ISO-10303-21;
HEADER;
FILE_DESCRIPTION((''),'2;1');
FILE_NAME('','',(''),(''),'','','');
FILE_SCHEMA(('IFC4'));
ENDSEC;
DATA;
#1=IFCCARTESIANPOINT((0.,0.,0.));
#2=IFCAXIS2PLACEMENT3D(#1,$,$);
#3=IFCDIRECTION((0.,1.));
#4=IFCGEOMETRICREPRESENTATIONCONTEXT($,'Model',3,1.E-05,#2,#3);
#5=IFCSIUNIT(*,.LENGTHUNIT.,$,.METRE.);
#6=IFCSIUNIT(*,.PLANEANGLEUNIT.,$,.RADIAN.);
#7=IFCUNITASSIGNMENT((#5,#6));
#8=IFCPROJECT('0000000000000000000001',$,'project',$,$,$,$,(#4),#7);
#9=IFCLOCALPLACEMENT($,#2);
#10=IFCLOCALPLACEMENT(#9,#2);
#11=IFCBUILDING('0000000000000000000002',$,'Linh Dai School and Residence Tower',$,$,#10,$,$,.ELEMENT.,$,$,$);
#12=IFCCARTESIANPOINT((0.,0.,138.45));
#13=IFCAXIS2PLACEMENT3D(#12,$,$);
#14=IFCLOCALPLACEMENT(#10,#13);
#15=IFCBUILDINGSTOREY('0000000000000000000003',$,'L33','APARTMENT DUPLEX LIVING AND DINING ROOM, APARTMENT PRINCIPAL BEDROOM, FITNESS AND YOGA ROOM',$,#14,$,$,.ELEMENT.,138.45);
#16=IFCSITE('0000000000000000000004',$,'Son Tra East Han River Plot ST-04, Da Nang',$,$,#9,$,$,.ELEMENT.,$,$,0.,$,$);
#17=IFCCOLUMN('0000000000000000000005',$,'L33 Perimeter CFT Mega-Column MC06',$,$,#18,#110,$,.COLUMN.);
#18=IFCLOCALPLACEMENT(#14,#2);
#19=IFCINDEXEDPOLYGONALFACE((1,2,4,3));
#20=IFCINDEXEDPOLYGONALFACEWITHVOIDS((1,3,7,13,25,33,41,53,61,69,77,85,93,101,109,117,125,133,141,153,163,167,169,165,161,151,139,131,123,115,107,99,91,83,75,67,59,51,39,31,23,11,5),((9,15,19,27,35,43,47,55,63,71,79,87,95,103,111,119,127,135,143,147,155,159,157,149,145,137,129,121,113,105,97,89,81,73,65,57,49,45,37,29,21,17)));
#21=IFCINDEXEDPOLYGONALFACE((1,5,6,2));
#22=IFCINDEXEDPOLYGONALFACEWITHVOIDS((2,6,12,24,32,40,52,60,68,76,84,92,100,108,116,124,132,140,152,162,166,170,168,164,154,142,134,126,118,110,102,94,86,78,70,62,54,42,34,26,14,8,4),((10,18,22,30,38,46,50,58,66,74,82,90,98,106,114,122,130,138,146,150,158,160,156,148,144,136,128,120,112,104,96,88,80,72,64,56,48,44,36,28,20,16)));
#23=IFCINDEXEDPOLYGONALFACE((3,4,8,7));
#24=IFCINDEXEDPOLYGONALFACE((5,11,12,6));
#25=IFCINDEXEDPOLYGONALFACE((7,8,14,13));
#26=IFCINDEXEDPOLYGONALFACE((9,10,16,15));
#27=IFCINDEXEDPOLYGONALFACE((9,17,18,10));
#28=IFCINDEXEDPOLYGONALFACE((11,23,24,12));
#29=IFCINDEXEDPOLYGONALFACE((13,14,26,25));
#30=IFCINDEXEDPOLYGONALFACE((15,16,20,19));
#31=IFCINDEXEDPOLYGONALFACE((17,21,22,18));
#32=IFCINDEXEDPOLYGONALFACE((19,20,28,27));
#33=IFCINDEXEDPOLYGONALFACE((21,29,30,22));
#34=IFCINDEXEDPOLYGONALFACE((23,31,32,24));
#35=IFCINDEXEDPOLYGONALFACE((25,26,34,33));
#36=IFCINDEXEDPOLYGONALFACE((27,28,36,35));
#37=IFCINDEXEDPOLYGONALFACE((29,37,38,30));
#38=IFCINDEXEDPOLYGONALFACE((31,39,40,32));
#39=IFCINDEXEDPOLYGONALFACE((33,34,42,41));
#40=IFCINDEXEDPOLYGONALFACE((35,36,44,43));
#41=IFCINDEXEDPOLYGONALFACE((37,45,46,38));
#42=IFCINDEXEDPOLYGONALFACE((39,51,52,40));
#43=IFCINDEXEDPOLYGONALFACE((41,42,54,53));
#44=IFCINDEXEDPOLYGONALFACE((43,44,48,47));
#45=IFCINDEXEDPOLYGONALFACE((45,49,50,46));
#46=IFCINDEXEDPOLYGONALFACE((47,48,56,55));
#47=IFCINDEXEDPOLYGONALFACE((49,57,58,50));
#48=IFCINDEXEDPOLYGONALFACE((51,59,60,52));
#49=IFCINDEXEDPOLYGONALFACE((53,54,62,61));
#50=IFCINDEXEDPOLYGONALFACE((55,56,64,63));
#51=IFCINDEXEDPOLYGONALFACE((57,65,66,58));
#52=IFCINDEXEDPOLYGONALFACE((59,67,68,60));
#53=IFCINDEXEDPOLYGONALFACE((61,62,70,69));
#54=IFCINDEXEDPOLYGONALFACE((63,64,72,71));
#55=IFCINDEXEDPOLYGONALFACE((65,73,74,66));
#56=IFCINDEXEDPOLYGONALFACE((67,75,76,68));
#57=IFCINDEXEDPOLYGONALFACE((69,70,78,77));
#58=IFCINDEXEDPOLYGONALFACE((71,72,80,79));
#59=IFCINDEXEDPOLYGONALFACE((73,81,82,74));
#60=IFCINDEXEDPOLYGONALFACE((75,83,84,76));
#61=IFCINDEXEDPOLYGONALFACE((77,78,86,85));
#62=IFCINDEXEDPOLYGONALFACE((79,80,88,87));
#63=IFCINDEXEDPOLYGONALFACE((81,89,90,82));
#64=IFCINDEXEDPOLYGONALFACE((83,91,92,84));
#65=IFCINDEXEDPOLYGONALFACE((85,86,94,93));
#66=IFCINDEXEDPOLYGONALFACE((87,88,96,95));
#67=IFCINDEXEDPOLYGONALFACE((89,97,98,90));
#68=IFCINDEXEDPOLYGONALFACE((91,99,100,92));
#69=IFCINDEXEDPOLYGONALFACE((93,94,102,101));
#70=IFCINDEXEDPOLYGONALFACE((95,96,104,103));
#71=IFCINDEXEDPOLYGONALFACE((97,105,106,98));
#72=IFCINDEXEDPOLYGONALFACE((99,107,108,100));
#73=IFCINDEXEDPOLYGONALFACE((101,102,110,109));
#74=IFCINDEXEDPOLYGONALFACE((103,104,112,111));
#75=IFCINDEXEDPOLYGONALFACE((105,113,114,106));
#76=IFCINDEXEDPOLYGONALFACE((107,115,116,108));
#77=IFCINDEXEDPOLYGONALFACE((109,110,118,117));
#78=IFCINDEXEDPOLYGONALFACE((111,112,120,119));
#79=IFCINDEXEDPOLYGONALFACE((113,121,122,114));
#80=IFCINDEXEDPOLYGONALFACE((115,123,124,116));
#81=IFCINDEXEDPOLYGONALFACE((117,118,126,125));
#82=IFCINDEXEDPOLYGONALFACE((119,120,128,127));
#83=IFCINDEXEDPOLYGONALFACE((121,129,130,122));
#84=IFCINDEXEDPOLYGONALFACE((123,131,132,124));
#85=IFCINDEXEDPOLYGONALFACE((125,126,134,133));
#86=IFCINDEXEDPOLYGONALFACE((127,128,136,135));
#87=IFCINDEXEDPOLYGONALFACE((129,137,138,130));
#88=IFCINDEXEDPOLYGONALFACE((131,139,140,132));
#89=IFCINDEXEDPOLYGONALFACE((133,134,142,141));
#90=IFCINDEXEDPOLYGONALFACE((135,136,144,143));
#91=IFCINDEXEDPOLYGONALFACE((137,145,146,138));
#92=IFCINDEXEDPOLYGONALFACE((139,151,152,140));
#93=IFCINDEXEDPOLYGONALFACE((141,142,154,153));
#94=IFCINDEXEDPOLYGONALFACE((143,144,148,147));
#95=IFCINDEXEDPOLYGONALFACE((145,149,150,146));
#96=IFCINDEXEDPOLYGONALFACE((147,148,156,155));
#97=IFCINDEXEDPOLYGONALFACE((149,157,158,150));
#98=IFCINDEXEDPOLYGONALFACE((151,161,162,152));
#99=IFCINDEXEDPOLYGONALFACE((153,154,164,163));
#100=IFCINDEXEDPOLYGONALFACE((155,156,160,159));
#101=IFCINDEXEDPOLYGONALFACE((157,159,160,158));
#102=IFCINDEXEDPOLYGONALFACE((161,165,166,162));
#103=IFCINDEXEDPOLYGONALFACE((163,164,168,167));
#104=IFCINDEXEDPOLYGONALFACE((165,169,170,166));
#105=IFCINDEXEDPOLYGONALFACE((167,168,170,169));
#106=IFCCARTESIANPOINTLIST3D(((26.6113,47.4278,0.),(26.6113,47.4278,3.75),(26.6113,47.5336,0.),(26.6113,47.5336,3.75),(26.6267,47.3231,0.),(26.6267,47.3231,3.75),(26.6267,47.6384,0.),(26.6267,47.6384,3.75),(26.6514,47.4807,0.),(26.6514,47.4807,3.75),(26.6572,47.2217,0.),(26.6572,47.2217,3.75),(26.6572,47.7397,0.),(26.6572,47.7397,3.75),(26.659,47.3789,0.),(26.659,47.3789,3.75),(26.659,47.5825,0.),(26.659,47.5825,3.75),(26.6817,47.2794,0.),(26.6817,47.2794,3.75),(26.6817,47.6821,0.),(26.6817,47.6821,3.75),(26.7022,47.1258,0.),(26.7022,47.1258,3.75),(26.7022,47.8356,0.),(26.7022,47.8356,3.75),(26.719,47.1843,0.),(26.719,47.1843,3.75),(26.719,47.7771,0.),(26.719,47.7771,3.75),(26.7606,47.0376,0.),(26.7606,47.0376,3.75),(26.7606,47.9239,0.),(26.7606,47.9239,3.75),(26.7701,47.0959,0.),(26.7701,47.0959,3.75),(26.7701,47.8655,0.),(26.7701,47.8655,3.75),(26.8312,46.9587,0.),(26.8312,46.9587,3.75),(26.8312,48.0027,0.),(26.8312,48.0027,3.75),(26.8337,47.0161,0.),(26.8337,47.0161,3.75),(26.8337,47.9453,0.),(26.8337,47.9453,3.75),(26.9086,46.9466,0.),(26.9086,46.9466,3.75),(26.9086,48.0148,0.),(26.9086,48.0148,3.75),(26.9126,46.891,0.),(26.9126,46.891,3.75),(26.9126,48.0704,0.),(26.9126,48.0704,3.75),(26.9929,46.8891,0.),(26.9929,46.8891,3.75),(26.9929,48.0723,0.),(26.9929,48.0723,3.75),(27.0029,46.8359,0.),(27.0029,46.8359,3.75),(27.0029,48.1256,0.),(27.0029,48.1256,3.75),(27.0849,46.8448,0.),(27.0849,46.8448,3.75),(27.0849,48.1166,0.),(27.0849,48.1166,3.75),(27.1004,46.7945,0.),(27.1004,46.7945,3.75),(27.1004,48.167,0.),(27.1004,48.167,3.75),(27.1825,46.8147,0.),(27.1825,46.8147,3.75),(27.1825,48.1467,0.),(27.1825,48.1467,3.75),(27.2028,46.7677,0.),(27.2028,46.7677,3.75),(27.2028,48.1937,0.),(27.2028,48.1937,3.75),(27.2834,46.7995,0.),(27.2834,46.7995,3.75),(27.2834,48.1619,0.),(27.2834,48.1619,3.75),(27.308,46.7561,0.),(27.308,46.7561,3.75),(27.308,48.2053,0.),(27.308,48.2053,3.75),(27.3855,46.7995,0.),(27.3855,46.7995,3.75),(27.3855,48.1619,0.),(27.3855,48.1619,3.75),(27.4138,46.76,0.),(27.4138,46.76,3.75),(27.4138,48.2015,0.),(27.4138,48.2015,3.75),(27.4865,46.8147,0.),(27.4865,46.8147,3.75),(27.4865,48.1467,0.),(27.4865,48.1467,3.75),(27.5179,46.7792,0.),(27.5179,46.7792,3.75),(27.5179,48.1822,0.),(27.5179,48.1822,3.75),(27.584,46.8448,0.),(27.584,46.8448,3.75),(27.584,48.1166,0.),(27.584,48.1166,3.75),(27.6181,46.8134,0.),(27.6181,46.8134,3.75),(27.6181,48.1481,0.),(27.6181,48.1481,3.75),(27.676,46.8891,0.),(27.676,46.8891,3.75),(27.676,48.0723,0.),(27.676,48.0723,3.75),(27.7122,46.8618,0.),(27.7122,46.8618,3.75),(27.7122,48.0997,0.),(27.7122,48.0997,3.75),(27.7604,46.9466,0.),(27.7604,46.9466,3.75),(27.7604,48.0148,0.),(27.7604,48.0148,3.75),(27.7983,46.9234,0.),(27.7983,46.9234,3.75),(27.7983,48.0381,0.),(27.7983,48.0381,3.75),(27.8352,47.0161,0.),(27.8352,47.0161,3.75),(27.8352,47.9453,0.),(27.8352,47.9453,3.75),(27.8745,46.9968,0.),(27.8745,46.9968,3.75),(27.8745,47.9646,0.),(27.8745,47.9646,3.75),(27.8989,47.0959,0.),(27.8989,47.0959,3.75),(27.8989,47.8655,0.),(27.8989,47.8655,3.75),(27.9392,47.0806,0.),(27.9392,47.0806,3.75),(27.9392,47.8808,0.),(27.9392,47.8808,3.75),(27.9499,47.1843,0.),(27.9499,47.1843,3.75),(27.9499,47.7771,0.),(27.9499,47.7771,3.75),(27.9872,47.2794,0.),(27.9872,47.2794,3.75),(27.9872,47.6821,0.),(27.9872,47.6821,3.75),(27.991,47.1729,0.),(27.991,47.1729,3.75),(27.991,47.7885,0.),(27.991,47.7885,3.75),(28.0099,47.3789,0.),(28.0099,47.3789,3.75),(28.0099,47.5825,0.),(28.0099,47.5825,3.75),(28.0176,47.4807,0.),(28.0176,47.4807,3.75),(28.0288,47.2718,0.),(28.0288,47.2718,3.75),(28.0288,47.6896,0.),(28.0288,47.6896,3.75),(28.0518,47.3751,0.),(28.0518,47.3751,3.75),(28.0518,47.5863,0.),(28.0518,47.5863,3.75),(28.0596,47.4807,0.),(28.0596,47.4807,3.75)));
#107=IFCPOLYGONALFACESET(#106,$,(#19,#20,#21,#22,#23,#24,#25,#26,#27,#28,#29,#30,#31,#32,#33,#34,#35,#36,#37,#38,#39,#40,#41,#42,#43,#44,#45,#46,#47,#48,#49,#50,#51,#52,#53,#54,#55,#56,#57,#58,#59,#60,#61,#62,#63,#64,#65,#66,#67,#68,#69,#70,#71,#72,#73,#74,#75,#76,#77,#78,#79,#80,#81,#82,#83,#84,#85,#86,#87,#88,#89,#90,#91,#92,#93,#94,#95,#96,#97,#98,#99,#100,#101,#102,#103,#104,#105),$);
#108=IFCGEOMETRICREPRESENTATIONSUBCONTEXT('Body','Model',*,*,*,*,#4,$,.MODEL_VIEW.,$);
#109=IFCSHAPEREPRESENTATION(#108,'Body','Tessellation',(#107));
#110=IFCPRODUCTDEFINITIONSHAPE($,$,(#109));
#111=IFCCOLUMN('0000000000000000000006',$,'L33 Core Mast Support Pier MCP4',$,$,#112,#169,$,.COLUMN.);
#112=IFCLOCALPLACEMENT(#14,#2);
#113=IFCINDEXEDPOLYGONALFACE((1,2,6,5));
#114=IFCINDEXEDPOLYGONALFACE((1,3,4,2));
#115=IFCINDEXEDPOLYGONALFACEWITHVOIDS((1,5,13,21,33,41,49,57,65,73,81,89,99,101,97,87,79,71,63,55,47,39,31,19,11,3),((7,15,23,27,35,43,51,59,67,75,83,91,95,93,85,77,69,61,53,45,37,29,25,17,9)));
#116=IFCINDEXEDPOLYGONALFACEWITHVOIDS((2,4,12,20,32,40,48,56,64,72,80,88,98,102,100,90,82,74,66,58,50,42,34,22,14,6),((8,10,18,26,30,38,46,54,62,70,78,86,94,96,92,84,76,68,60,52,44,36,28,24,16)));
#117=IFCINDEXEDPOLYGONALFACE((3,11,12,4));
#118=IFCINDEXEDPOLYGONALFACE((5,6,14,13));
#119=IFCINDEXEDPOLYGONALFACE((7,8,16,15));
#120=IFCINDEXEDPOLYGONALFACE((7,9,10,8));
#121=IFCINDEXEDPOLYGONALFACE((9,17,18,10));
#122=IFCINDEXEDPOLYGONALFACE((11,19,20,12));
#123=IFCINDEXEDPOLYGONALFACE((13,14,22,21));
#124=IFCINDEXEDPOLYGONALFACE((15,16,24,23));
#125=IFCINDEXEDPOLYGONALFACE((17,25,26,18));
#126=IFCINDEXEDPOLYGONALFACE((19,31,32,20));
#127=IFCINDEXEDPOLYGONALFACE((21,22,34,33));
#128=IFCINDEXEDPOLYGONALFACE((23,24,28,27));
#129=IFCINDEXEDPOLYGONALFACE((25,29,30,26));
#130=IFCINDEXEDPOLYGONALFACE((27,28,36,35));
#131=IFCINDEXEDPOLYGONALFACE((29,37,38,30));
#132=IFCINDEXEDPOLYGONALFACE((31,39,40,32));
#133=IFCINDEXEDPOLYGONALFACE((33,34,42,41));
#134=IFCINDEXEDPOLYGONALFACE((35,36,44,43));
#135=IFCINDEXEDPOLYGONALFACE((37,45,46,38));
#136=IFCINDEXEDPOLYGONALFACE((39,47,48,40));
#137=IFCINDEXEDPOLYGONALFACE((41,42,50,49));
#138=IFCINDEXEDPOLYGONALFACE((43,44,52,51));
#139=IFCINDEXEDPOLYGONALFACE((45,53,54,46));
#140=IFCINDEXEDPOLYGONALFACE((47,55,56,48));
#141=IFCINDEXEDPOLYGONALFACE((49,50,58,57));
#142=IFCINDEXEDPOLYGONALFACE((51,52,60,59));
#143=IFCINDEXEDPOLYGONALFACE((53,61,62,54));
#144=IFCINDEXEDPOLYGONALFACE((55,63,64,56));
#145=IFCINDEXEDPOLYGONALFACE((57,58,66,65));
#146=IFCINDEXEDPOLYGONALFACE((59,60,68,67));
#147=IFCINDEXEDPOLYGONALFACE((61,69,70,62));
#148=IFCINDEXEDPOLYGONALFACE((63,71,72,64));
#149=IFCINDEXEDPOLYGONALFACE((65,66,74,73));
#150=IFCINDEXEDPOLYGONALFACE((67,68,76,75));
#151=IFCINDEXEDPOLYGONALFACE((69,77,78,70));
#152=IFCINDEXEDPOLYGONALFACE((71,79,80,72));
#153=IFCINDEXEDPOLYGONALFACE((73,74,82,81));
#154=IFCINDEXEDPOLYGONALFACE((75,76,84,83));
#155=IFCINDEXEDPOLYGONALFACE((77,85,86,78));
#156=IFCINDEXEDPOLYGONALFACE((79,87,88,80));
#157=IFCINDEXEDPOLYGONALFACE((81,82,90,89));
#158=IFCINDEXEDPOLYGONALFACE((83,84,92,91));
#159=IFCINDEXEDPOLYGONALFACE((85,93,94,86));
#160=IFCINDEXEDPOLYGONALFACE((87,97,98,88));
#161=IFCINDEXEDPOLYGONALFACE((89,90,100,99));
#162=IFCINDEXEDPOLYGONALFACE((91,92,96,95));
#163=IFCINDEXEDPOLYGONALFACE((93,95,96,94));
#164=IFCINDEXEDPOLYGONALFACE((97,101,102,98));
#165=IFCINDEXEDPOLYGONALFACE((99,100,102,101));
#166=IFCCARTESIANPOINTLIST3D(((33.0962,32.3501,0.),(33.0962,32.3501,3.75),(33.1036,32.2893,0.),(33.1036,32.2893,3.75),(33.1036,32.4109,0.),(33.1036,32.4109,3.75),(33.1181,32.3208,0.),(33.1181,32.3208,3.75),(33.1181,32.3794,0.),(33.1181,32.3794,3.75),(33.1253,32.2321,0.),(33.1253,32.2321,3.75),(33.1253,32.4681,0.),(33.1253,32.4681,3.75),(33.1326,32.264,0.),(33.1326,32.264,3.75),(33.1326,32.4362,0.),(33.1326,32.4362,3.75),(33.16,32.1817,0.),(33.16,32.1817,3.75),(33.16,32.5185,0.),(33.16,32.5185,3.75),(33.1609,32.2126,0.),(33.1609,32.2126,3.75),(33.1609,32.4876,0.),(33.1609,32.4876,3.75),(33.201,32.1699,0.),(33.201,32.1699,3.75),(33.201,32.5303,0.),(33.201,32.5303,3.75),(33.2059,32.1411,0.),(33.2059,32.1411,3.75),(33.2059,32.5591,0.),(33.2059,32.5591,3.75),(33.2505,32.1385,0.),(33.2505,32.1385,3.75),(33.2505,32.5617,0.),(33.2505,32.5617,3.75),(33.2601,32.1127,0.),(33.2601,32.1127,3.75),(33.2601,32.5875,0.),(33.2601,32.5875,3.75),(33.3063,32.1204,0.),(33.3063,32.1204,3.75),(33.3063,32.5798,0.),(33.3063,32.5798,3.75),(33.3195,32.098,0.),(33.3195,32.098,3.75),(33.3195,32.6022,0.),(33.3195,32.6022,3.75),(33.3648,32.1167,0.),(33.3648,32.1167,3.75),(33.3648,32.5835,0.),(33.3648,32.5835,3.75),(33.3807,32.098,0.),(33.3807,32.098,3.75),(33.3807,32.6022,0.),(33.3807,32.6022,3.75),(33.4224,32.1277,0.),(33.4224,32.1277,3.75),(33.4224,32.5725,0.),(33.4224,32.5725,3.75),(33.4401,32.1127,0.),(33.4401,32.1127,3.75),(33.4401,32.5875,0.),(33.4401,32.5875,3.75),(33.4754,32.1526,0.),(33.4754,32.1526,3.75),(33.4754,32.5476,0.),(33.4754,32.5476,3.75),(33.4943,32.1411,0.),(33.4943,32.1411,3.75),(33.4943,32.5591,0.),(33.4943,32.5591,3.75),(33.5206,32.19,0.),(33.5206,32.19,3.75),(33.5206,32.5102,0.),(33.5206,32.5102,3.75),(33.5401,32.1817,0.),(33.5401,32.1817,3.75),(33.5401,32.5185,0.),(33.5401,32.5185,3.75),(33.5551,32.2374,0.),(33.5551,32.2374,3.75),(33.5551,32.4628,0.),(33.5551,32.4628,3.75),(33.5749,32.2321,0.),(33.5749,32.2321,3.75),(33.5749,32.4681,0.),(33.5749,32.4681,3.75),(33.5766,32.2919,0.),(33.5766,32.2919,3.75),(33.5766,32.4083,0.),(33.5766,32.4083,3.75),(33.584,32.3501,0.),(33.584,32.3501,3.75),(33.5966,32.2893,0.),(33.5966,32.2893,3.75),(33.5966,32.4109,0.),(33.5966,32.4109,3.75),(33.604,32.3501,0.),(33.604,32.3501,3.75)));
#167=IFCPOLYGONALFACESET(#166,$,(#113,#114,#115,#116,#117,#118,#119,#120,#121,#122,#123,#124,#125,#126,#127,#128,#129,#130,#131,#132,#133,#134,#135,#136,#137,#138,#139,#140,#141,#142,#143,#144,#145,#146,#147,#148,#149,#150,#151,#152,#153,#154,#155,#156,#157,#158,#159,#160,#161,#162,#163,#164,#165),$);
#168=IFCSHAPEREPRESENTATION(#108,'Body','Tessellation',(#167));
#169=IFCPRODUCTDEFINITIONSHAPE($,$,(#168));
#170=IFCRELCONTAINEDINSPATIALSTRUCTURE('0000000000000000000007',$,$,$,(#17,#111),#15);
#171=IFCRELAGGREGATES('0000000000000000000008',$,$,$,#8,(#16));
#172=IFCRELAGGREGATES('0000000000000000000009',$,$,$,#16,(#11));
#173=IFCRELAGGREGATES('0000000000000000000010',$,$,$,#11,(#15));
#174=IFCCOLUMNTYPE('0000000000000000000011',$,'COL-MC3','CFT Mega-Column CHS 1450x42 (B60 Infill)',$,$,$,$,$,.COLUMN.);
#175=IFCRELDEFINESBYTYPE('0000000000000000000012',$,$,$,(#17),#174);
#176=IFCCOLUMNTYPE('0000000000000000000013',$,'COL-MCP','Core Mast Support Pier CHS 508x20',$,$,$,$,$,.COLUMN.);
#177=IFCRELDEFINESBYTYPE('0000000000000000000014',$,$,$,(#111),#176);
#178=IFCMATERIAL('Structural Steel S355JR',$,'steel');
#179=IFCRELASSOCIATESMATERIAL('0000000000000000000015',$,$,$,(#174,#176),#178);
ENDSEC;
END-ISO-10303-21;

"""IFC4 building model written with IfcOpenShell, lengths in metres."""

from ifc_helpers import new_model, si_unit, direction, frame, origin, origin_2d, place, context, subcontext, project, spatial, hollow_circle, extrude, material, material_profile, profile_set, type_object, element, save


model = new_model("IFC4")

# Units and contexts
model_context = context("Model", 3, precision=1e-05, world=origin(), true_north=direction((0.0, 1.0)))
body_context = subcontext(model_context, "Body", "Model", "MODEL_VIEW")
ifc_project = project(units=[si_unit("LENGTHUNIT", "METRE"), si_unit("PLANEANGLEUNIT", "RADIAN")], contexts=[model_context])

# Site, building, storey
site_placement = place(None, origin())
site = spatial("IfcSite", under=ifc_project, at=site_placement, Name="Son Tra East Han River Plot ST-04, Da Nang", CompositionType="ELEMENT", RefElevation=0.0)
building_placement = place(site_placement, origin())
building = spatial("IfcBuilding", under=site, at=building_placement, Name="Linh Dai School and Residence Tower", CompositionType="ELEMENT")
storey_placement = place(building_placement, frame((0.0, 0.0, 138.45)))
storey = spatial("IfcBuildingStorey", under=building, at=storey_placement, Name="L33", Description="APARTMENT DUPLEX LIVING AND DINING ROOM, APARTMENT PRINCIPAL BEDROOM, FITNESS AND YOGA ROOM", CompositionType="ELEMENT", Elevation=138.45)

# Columns
ifc_material_1 = material(Name="Structural Steel S355JR", Category="steel")
ifc_material_profile_1 = material_profile(ifc_material_1, hollow_circle(Radius=0.7251, WallThickness=0.042, at=origin_2d()), Name="CHS 1450x42")
ifc_profile_set_1 = profile_set([ifc_material_profile_1], Name="Structural Steel S355JR")
column_type_1 = type_object("IfcColumnType", Name="COL-MC3", Description="CFT Mega-Column CHS 1450x42 (B60 Infill)", PredefinedType="COLUMN", material=ifc_profile_set_1)
for number, where, z_axis, x_axis, name in (
    (1, (27.3345, 47.4807, 0.0), (0.0, 0.0, 1.0), (1.0, 0.0, 0.0), "L33 Perimeter CFT Mega-Column MC06"),
):
    element("IfcColumn", number, at=place(storey_placement, frame(where, z_axis=z_axis, x_axis=x_axis)), inside=storey, type_object=column_type_1, Name=name, PredefinedType="COLUMN", context=body_context, shape_type="SweptSolid", body=[
        extrude(hollow_circle(Radius=0.7251, WallThickness=0.042, at=origin_2d()), origin(), (0.0, 0.0, 1.0), 3.75),
    ])
ifc_material_profile_2 = material_profile(ifc_material_1, hollow_circle(Radius=0.2539, WallThickness=0.02, at=origin_2d()), Name="CHS 508x20")
ifc_profile_set_2 = profile_set([ifc_material_profile_2], Name="Structural Steel S355JR")
column_type_2 = type_object("IfcColumnType", Name="COL-MCP", Description="Core Mast Support Pier CHS 508x20", PredefinedType="COLUMN", material=ifc_profile_set_2)
column_1_placement = place(storey_placement, frame((33.3501, 32.3501, 0.0), z_axis=(0.0, 0.0, 1.0), x_axis=(1.0, 0.0, 0.0)))
element("IfcColumn", 2, at=column_1_placement, inside=storey, type_object=column_type_2, Name="L33 Core Mast Support Pier MCP4", PredefinedType="COLUMN", context=body_context, shape_type="SweptSolid", body=[
    extrude(hollow_circle(Radius=0.2539, WallThickness=0.02, at=origin_2d()), origin(), (0.0, 0.0, 1.0), 3.75),
])

save(model, "model.ifc")
